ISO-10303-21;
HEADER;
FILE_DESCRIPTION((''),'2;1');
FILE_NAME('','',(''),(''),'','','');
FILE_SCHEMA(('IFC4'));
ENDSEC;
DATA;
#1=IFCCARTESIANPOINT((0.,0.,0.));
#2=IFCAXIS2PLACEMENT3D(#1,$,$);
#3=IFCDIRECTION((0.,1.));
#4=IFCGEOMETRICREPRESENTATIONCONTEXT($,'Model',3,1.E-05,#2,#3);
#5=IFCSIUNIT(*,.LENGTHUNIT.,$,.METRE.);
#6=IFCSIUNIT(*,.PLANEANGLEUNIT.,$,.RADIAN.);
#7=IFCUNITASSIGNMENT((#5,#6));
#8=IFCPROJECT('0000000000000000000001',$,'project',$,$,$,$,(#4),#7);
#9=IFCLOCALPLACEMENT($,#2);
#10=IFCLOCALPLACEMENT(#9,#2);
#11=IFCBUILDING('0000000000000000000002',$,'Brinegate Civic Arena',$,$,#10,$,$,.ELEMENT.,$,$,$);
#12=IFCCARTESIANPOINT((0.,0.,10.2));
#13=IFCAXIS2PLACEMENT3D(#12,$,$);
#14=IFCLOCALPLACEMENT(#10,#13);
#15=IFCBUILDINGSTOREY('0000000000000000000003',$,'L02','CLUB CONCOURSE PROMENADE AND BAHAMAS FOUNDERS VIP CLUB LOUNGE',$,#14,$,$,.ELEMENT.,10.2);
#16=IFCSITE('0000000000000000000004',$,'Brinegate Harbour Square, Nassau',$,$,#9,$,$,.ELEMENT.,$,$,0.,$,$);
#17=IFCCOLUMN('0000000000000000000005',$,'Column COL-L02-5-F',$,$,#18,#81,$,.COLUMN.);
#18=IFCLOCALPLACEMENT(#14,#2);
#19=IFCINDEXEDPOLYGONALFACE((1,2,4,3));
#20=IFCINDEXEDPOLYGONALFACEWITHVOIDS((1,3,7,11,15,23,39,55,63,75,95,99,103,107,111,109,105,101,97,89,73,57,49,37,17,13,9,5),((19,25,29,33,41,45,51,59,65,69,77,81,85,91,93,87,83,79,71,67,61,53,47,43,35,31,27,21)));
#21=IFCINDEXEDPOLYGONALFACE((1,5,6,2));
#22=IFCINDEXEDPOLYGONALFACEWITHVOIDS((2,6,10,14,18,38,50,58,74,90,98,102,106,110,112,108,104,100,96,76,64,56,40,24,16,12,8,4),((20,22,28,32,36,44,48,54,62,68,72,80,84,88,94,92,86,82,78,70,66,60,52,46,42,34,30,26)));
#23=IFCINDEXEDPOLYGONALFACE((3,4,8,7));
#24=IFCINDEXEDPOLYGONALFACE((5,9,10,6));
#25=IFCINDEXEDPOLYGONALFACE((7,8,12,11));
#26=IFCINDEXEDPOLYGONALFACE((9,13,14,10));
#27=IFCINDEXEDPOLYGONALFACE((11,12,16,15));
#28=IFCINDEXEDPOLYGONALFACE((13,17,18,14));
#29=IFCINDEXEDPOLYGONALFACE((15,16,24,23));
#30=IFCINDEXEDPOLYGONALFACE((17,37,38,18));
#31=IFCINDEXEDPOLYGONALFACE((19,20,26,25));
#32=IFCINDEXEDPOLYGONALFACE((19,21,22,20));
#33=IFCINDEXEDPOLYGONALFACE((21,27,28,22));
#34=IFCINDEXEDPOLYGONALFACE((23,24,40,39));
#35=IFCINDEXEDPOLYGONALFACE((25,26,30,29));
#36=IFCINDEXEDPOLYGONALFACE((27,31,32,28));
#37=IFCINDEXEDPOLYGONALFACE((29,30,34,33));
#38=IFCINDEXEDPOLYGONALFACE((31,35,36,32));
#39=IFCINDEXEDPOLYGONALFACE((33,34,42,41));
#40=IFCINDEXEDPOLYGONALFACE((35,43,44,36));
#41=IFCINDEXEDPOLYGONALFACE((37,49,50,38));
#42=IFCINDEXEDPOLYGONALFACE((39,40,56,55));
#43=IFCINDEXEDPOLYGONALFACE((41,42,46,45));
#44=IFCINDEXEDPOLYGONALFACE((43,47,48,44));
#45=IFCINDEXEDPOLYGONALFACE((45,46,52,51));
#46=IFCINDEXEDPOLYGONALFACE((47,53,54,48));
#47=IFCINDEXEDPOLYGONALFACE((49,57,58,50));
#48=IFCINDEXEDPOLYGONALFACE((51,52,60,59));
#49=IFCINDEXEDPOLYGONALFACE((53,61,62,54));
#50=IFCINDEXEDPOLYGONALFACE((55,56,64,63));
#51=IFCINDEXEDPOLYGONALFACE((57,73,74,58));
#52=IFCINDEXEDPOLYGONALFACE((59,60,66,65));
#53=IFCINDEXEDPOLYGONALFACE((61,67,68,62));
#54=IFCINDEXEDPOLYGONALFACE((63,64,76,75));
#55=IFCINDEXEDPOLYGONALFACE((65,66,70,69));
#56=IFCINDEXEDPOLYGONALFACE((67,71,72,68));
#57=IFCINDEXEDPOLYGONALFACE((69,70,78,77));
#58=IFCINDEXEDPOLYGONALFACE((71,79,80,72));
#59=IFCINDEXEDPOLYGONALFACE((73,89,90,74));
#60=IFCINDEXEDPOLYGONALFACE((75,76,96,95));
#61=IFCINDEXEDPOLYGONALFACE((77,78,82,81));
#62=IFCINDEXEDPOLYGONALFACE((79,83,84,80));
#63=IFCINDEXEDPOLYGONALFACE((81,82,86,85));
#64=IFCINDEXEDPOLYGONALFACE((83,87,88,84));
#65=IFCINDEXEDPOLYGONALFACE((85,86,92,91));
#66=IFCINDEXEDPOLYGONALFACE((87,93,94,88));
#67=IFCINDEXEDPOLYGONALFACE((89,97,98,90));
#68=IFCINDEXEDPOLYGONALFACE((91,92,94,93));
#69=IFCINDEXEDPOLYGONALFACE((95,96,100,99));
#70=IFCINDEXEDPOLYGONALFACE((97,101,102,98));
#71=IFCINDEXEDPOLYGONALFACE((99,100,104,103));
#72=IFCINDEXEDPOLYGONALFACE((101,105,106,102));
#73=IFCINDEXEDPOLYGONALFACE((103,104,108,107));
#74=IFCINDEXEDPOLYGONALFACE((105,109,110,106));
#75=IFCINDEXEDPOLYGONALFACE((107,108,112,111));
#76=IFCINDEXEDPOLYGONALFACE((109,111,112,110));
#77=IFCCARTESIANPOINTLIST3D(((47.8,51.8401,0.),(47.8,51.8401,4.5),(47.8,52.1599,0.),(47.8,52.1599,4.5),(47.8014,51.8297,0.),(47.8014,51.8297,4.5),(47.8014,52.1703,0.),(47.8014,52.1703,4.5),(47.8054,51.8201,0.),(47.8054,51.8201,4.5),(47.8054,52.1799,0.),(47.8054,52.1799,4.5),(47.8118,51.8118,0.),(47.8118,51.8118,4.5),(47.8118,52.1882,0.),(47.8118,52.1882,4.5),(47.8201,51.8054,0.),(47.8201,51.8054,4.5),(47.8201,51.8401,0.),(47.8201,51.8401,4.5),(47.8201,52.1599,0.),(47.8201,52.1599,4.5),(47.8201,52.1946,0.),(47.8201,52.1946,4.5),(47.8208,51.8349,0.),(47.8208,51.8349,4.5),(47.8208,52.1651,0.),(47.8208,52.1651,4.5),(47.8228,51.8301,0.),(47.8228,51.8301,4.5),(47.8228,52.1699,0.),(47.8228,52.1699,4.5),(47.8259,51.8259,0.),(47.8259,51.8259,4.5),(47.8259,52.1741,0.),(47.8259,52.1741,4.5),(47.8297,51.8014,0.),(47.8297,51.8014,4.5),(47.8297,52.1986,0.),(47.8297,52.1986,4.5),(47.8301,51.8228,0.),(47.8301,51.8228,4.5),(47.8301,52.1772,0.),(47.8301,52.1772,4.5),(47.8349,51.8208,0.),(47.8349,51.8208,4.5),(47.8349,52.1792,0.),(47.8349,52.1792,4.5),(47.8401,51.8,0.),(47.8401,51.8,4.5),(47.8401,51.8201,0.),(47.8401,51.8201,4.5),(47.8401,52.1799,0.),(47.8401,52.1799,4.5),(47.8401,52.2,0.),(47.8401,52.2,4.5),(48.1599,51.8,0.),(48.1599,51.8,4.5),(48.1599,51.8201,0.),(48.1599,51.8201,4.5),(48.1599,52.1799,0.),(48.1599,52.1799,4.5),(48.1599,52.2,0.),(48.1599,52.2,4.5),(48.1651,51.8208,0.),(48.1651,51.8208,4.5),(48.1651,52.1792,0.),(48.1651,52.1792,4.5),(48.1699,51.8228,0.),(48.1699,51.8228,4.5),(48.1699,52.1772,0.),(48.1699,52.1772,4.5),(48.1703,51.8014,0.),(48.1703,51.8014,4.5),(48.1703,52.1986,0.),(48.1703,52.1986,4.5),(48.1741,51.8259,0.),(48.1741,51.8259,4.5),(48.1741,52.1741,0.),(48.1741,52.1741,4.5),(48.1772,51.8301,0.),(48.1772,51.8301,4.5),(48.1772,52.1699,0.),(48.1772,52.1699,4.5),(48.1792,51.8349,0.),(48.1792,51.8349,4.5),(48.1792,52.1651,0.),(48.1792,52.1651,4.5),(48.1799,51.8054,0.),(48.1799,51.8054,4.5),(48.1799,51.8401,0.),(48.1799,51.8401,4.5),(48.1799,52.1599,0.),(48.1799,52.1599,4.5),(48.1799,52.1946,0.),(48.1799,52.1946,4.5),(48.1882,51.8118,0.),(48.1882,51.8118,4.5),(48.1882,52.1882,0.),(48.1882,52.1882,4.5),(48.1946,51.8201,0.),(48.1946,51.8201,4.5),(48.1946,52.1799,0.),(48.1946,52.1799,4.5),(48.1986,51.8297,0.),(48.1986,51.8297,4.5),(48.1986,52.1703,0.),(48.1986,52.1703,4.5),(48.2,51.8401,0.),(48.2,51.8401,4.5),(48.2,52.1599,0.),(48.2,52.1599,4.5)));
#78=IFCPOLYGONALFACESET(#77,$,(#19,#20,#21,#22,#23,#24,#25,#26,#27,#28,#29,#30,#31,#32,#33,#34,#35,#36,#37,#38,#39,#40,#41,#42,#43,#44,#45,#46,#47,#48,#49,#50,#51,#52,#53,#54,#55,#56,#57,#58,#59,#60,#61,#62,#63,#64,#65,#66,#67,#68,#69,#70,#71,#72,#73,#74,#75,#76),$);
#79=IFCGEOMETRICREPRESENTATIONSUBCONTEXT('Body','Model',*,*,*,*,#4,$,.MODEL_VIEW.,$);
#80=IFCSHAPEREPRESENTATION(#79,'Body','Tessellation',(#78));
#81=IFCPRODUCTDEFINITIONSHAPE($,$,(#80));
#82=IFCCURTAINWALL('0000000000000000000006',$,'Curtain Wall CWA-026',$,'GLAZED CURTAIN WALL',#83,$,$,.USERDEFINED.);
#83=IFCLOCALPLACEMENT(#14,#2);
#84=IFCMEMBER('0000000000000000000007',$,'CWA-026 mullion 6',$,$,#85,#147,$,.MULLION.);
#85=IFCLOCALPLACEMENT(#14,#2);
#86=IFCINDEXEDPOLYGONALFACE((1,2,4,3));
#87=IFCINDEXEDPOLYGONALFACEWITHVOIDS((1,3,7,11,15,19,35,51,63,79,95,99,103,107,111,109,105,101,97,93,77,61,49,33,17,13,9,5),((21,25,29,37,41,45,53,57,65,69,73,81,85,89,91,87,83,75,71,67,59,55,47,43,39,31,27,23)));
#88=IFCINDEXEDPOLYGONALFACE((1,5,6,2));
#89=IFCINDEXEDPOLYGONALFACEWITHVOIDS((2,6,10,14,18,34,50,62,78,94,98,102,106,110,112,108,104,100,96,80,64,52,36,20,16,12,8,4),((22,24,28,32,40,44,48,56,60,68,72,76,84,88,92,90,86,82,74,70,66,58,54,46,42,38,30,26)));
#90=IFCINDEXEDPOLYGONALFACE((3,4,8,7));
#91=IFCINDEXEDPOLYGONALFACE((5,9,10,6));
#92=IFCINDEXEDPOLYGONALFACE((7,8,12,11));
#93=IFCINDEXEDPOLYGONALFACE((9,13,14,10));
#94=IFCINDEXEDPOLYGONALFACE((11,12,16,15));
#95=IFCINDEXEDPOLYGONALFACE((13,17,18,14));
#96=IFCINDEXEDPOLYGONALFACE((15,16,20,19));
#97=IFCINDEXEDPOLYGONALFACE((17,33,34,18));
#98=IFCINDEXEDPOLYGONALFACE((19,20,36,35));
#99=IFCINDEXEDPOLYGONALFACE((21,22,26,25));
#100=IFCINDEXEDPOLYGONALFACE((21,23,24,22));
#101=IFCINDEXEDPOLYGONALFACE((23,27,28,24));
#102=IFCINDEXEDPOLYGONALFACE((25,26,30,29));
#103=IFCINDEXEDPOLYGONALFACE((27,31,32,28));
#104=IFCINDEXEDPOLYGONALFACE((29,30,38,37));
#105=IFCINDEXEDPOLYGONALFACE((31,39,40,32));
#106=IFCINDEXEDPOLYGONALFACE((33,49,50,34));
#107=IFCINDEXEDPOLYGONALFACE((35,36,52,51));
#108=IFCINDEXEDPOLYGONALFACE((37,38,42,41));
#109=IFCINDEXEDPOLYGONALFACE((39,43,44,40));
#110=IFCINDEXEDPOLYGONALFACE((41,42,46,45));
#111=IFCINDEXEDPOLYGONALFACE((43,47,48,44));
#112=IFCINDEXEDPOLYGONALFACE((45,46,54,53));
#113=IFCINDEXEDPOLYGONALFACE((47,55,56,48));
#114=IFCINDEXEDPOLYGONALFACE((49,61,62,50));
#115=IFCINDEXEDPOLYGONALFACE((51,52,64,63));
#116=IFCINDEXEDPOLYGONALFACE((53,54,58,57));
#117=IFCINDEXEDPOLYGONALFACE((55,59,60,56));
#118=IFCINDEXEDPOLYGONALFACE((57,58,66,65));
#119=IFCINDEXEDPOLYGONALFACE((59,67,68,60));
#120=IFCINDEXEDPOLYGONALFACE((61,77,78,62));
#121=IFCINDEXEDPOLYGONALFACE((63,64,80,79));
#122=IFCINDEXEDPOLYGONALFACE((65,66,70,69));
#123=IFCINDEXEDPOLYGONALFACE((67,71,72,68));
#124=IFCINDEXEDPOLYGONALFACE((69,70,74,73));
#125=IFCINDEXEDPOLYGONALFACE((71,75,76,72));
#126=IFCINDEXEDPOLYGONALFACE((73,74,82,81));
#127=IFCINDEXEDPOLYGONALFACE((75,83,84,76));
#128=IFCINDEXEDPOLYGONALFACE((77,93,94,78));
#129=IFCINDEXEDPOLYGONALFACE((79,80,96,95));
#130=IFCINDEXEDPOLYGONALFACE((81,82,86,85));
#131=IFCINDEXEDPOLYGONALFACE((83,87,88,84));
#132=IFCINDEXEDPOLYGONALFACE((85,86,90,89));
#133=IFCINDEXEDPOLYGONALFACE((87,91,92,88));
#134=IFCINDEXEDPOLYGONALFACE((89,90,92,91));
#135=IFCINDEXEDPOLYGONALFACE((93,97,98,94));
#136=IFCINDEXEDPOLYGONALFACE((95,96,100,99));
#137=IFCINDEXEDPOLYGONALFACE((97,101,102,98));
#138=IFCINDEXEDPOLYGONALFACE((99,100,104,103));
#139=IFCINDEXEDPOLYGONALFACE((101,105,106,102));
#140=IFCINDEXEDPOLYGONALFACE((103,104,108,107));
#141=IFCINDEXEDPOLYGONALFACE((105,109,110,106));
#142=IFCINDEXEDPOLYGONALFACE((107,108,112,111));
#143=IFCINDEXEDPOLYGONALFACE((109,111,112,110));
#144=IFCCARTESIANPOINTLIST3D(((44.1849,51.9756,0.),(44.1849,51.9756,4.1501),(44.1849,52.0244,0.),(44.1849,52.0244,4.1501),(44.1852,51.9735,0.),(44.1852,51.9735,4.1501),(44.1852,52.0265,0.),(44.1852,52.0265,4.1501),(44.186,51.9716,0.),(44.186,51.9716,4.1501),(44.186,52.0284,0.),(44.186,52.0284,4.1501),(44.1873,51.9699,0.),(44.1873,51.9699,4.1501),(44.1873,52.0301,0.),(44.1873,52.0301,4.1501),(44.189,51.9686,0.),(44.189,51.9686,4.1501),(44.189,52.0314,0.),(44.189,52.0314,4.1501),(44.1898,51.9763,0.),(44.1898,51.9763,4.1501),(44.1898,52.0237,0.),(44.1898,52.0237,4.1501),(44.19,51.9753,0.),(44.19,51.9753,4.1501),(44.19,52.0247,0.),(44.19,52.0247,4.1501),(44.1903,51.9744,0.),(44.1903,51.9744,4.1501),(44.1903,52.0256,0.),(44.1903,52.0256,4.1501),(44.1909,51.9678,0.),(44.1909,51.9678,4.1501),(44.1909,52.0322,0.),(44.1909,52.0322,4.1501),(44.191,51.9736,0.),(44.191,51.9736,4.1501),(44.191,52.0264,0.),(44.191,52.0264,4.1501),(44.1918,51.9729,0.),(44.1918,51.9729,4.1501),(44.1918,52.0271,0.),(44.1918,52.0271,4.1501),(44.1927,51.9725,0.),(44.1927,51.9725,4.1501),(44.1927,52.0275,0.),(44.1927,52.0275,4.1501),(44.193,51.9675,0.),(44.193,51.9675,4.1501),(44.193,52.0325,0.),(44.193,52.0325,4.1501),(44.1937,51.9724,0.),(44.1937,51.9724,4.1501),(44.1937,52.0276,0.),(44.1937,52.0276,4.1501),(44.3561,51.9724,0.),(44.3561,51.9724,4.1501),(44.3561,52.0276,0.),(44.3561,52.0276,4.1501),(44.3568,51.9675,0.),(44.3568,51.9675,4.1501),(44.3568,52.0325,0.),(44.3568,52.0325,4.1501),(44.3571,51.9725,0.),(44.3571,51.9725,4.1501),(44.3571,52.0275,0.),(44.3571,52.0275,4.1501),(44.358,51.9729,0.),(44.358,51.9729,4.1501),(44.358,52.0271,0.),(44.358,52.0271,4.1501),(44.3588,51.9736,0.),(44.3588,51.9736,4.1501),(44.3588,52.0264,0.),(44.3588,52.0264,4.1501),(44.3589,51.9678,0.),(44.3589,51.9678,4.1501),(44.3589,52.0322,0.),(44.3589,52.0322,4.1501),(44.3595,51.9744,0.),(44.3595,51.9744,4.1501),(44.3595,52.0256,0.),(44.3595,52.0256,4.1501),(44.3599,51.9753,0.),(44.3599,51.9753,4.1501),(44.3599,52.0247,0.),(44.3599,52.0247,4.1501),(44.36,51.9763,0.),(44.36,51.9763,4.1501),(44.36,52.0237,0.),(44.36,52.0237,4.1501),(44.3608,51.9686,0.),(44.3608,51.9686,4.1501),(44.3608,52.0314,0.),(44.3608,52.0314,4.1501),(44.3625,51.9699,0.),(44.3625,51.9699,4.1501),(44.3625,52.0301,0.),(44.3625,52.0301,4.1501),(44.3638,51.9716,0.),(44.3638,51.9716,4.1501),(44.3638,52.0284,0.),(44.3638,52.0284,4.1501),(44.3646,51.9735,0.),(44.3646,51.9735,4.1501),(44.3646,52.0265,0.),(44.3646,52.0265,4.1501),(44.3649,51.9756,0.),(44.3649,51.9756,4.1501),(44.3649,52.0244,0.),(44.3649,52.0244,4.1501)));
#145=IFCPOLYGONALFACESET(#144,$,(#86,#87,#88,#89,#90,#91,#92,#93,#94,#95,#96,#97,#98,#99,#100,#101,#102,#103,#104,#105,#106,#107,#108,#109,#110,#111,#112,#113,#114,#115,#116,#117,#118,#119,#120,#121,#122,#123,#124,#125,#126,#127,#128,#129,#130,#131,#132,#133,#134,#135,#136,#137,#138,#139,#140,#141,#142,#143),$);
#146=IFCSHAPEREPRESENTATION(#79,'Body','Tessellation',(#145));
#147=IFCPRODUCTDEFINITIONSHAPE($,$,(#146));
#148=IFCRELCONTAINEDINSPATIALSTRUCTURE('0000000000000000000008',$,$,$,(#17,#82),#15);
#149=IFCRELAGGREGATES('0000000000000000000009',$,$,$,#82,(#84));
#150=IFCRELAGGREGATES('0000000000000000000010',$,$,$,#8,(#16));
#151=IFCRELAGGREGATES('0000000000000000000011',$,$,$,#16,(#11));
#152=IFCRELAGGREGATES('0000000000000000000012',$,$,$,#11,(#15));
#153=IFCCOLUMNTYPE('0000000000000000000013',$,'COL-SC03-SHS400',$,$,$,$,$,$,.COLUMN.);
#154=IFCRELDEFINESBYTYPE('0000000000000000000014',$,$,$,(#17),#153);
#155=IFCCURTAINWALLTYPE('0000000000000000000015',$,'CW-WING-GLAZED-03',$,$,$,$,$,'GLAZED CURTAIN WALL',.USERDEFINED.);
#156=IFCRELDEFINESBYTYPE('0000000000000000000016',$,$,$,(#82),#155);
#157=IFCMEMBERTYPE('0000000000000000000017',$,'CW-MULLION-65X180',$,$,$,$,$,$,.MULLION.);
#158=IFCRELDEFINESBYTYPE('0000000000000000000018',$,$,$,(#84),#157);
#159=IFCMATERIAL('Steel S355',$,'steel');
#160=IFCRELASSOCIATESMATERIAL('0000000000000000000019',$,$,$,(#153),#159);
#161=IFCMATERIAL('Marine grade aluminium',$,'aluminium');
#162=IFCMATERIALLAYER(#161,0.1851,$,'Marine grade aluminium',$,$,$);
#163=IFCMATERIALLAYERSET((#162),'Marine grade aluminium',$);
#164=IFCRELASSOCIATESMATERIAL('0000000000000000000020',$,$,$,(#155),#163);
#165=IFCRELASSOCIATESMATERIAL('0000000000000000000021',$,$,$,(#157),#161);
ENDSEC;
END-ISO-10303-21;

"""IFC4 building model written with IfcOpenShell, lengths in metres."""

from ifc_helpers import new_model, si_unit, direction, frame, origin, origin_2d, place, context, subcontext, project, spatial, hollow_rectangle, extrude, material, layer, layer_set, material_profile, profile_set, type_object, element, aggregate, save


model = new_model("IFC4")

# Units and contexts
model_context = context("Model", 3, precision=1e-05, world=origin(), true_north=direction((0.0, 1.0)))
body_context = subcontext(model_context, "Body", "Model", "MODEL_VIEW")
ifc_project = project(units=[si_unit("LENGTHUNIT", "METRE"), si_unit("PLANEANGLEUNIT", "RADIAN")], contexts=[model_context])

# Site, building, storey
site_placement = place(None, origin())
site = spatial("IfcSite", under=ifc_project, at=site_placement, Name="Brinegate Harbour Square, Nassau", CompositionType="ELEMENT", RefElevation=0.0)
building_placement = place(site_placement, origin())
building = spatial("IfcBuilding", under=site, at=building_placement, Name="Brinegate Civic Arena", CompositionType="ELEMENT")
storey_placement = place(building_placement, frame((0.0, 0.0, 10.2)))
storey = spatial("IfcBuildingStorey", under=building, at=storey_placement, Name="L02", Description="CLUB CONCOURSE PROMENADE AND BAHAMAS FOUNDERS VIP CLUB LOUNGE", CompositionType="ELEMENT", Elevation=10.2)

# Column
ifc_material_1 = material(Name="Steel S355", Category="steel")
ifc_material_profile_1 = material_profile(ifc_material_1, hollow_rectangle(XDim=0.3999, YDim=0.3999, WallThickness=0.02, InnerFilletRadius=0.02, OuterFilletRadius=0.04, at=origin_2d()), Name="SHS400X20")
ifc_profile_set_1 = profile_set([ifc_material_profile_1], Name="Steel S355")
column_type = type_object("IfcColumnType", Name="COL-SC03-SHS400", PredefinedType="COLUMN", material=ifc_profile_set_1)
column_placement = place(storey_placement, frame((48.0, 52.0, 0.0), z_axis=(0.0, 0.0, 1.0), x_axis=(1.0, 0.0, 0.0)))
element("IfcColumn", 1, at=column_placement, inside=storey, type_object=column_type, Name="Column COL-L02-5-F", PredefinedType="COLUMN", context=body_context, shape_type="SweptSolid", body=[
    extrude(hollow_rectangle(XDim=0.3999, YDim=0.3999, WallThickness=0.02, InnerFilletRadius=0.02, OuterFilletRadius=0.04, at=origin_2d()), origin(), (0.0, 0.0, 1.0), 4.5),
])

# Curtain wall, member
ifc_material_2 = material(Name="Marine grade aluminium", Category="aluminium")
ifc_layer_1 = layer(ifc_material_2, 0.1851, Name="Marine grade aluminium")
ifc_layer_set_1 = layer_set([ifc_layer_1], Name="Marine grade aluminium")
curtain_wall_type_1 = type_object("IfcCurtainWallType", Name="CW-WING-GLAZED-03", ElementType="GLAZED CURTAIN WALL", PredefinedType="USERDEFINED", material=ifc_layer_set_1)
curtain_wall_1_placement = place(storey_placement, origin())
curtain_wall_1 = element("IfcCurtainWall", 2, at=curtain_wall_1_placement, inside=storey, type_object=curtain_wall_type_1, Name="Curtain Wall CWA-026", ObjectType="GLAZED CURTAIN WALL", PredefinedType="USERDEFINED")
ifc_material_profile_2 = material_profile(ifc_material_2, hollow_rectangle(XDim=0.0649, YDim=0.1799, WallThickness=0.0049, InnerFilletRadius=0.0039, OuterFilletRadius=0.0081, at=origin_2d()), Name="MUL65X180")
ifc_profile_set_2 = profile_set([ifc_material_profile_2], Name="Marine grade aluminium")
member_type_1 = type_object("IfcMemberType", Name="CW-MULLION-65X180", PredefinedType="MULLION", material=ifc_profile_set_2)
member_1_placement = place(storey_placement, frame((44.2749, 52.0, 0.0), z_axis=(0.0, 0.0, 1.0), x_axis=(0.0, 1.0, 0.0)))
member_1 = element("IfcMember", 3, at=member_1_placement, type_object=member_type_1, Name="CWA-026 mullion 6", PredefinedType="MULLION", context=body_context, shape_type="SweptSolid", body=[
    extrude(hollow_rectangle(XDim=0.0649, YDim=0.1799, WallThickness=0.0049, InnerFilletRadius=0.0039, OuterFilletRadius=0.0081, at=origin_2d()), origin(), (0.0, 0.0, 1.0), 4.1501),
])

aggregate(curtain_wall_1, [member_1])

save(model, "model.ifc")
